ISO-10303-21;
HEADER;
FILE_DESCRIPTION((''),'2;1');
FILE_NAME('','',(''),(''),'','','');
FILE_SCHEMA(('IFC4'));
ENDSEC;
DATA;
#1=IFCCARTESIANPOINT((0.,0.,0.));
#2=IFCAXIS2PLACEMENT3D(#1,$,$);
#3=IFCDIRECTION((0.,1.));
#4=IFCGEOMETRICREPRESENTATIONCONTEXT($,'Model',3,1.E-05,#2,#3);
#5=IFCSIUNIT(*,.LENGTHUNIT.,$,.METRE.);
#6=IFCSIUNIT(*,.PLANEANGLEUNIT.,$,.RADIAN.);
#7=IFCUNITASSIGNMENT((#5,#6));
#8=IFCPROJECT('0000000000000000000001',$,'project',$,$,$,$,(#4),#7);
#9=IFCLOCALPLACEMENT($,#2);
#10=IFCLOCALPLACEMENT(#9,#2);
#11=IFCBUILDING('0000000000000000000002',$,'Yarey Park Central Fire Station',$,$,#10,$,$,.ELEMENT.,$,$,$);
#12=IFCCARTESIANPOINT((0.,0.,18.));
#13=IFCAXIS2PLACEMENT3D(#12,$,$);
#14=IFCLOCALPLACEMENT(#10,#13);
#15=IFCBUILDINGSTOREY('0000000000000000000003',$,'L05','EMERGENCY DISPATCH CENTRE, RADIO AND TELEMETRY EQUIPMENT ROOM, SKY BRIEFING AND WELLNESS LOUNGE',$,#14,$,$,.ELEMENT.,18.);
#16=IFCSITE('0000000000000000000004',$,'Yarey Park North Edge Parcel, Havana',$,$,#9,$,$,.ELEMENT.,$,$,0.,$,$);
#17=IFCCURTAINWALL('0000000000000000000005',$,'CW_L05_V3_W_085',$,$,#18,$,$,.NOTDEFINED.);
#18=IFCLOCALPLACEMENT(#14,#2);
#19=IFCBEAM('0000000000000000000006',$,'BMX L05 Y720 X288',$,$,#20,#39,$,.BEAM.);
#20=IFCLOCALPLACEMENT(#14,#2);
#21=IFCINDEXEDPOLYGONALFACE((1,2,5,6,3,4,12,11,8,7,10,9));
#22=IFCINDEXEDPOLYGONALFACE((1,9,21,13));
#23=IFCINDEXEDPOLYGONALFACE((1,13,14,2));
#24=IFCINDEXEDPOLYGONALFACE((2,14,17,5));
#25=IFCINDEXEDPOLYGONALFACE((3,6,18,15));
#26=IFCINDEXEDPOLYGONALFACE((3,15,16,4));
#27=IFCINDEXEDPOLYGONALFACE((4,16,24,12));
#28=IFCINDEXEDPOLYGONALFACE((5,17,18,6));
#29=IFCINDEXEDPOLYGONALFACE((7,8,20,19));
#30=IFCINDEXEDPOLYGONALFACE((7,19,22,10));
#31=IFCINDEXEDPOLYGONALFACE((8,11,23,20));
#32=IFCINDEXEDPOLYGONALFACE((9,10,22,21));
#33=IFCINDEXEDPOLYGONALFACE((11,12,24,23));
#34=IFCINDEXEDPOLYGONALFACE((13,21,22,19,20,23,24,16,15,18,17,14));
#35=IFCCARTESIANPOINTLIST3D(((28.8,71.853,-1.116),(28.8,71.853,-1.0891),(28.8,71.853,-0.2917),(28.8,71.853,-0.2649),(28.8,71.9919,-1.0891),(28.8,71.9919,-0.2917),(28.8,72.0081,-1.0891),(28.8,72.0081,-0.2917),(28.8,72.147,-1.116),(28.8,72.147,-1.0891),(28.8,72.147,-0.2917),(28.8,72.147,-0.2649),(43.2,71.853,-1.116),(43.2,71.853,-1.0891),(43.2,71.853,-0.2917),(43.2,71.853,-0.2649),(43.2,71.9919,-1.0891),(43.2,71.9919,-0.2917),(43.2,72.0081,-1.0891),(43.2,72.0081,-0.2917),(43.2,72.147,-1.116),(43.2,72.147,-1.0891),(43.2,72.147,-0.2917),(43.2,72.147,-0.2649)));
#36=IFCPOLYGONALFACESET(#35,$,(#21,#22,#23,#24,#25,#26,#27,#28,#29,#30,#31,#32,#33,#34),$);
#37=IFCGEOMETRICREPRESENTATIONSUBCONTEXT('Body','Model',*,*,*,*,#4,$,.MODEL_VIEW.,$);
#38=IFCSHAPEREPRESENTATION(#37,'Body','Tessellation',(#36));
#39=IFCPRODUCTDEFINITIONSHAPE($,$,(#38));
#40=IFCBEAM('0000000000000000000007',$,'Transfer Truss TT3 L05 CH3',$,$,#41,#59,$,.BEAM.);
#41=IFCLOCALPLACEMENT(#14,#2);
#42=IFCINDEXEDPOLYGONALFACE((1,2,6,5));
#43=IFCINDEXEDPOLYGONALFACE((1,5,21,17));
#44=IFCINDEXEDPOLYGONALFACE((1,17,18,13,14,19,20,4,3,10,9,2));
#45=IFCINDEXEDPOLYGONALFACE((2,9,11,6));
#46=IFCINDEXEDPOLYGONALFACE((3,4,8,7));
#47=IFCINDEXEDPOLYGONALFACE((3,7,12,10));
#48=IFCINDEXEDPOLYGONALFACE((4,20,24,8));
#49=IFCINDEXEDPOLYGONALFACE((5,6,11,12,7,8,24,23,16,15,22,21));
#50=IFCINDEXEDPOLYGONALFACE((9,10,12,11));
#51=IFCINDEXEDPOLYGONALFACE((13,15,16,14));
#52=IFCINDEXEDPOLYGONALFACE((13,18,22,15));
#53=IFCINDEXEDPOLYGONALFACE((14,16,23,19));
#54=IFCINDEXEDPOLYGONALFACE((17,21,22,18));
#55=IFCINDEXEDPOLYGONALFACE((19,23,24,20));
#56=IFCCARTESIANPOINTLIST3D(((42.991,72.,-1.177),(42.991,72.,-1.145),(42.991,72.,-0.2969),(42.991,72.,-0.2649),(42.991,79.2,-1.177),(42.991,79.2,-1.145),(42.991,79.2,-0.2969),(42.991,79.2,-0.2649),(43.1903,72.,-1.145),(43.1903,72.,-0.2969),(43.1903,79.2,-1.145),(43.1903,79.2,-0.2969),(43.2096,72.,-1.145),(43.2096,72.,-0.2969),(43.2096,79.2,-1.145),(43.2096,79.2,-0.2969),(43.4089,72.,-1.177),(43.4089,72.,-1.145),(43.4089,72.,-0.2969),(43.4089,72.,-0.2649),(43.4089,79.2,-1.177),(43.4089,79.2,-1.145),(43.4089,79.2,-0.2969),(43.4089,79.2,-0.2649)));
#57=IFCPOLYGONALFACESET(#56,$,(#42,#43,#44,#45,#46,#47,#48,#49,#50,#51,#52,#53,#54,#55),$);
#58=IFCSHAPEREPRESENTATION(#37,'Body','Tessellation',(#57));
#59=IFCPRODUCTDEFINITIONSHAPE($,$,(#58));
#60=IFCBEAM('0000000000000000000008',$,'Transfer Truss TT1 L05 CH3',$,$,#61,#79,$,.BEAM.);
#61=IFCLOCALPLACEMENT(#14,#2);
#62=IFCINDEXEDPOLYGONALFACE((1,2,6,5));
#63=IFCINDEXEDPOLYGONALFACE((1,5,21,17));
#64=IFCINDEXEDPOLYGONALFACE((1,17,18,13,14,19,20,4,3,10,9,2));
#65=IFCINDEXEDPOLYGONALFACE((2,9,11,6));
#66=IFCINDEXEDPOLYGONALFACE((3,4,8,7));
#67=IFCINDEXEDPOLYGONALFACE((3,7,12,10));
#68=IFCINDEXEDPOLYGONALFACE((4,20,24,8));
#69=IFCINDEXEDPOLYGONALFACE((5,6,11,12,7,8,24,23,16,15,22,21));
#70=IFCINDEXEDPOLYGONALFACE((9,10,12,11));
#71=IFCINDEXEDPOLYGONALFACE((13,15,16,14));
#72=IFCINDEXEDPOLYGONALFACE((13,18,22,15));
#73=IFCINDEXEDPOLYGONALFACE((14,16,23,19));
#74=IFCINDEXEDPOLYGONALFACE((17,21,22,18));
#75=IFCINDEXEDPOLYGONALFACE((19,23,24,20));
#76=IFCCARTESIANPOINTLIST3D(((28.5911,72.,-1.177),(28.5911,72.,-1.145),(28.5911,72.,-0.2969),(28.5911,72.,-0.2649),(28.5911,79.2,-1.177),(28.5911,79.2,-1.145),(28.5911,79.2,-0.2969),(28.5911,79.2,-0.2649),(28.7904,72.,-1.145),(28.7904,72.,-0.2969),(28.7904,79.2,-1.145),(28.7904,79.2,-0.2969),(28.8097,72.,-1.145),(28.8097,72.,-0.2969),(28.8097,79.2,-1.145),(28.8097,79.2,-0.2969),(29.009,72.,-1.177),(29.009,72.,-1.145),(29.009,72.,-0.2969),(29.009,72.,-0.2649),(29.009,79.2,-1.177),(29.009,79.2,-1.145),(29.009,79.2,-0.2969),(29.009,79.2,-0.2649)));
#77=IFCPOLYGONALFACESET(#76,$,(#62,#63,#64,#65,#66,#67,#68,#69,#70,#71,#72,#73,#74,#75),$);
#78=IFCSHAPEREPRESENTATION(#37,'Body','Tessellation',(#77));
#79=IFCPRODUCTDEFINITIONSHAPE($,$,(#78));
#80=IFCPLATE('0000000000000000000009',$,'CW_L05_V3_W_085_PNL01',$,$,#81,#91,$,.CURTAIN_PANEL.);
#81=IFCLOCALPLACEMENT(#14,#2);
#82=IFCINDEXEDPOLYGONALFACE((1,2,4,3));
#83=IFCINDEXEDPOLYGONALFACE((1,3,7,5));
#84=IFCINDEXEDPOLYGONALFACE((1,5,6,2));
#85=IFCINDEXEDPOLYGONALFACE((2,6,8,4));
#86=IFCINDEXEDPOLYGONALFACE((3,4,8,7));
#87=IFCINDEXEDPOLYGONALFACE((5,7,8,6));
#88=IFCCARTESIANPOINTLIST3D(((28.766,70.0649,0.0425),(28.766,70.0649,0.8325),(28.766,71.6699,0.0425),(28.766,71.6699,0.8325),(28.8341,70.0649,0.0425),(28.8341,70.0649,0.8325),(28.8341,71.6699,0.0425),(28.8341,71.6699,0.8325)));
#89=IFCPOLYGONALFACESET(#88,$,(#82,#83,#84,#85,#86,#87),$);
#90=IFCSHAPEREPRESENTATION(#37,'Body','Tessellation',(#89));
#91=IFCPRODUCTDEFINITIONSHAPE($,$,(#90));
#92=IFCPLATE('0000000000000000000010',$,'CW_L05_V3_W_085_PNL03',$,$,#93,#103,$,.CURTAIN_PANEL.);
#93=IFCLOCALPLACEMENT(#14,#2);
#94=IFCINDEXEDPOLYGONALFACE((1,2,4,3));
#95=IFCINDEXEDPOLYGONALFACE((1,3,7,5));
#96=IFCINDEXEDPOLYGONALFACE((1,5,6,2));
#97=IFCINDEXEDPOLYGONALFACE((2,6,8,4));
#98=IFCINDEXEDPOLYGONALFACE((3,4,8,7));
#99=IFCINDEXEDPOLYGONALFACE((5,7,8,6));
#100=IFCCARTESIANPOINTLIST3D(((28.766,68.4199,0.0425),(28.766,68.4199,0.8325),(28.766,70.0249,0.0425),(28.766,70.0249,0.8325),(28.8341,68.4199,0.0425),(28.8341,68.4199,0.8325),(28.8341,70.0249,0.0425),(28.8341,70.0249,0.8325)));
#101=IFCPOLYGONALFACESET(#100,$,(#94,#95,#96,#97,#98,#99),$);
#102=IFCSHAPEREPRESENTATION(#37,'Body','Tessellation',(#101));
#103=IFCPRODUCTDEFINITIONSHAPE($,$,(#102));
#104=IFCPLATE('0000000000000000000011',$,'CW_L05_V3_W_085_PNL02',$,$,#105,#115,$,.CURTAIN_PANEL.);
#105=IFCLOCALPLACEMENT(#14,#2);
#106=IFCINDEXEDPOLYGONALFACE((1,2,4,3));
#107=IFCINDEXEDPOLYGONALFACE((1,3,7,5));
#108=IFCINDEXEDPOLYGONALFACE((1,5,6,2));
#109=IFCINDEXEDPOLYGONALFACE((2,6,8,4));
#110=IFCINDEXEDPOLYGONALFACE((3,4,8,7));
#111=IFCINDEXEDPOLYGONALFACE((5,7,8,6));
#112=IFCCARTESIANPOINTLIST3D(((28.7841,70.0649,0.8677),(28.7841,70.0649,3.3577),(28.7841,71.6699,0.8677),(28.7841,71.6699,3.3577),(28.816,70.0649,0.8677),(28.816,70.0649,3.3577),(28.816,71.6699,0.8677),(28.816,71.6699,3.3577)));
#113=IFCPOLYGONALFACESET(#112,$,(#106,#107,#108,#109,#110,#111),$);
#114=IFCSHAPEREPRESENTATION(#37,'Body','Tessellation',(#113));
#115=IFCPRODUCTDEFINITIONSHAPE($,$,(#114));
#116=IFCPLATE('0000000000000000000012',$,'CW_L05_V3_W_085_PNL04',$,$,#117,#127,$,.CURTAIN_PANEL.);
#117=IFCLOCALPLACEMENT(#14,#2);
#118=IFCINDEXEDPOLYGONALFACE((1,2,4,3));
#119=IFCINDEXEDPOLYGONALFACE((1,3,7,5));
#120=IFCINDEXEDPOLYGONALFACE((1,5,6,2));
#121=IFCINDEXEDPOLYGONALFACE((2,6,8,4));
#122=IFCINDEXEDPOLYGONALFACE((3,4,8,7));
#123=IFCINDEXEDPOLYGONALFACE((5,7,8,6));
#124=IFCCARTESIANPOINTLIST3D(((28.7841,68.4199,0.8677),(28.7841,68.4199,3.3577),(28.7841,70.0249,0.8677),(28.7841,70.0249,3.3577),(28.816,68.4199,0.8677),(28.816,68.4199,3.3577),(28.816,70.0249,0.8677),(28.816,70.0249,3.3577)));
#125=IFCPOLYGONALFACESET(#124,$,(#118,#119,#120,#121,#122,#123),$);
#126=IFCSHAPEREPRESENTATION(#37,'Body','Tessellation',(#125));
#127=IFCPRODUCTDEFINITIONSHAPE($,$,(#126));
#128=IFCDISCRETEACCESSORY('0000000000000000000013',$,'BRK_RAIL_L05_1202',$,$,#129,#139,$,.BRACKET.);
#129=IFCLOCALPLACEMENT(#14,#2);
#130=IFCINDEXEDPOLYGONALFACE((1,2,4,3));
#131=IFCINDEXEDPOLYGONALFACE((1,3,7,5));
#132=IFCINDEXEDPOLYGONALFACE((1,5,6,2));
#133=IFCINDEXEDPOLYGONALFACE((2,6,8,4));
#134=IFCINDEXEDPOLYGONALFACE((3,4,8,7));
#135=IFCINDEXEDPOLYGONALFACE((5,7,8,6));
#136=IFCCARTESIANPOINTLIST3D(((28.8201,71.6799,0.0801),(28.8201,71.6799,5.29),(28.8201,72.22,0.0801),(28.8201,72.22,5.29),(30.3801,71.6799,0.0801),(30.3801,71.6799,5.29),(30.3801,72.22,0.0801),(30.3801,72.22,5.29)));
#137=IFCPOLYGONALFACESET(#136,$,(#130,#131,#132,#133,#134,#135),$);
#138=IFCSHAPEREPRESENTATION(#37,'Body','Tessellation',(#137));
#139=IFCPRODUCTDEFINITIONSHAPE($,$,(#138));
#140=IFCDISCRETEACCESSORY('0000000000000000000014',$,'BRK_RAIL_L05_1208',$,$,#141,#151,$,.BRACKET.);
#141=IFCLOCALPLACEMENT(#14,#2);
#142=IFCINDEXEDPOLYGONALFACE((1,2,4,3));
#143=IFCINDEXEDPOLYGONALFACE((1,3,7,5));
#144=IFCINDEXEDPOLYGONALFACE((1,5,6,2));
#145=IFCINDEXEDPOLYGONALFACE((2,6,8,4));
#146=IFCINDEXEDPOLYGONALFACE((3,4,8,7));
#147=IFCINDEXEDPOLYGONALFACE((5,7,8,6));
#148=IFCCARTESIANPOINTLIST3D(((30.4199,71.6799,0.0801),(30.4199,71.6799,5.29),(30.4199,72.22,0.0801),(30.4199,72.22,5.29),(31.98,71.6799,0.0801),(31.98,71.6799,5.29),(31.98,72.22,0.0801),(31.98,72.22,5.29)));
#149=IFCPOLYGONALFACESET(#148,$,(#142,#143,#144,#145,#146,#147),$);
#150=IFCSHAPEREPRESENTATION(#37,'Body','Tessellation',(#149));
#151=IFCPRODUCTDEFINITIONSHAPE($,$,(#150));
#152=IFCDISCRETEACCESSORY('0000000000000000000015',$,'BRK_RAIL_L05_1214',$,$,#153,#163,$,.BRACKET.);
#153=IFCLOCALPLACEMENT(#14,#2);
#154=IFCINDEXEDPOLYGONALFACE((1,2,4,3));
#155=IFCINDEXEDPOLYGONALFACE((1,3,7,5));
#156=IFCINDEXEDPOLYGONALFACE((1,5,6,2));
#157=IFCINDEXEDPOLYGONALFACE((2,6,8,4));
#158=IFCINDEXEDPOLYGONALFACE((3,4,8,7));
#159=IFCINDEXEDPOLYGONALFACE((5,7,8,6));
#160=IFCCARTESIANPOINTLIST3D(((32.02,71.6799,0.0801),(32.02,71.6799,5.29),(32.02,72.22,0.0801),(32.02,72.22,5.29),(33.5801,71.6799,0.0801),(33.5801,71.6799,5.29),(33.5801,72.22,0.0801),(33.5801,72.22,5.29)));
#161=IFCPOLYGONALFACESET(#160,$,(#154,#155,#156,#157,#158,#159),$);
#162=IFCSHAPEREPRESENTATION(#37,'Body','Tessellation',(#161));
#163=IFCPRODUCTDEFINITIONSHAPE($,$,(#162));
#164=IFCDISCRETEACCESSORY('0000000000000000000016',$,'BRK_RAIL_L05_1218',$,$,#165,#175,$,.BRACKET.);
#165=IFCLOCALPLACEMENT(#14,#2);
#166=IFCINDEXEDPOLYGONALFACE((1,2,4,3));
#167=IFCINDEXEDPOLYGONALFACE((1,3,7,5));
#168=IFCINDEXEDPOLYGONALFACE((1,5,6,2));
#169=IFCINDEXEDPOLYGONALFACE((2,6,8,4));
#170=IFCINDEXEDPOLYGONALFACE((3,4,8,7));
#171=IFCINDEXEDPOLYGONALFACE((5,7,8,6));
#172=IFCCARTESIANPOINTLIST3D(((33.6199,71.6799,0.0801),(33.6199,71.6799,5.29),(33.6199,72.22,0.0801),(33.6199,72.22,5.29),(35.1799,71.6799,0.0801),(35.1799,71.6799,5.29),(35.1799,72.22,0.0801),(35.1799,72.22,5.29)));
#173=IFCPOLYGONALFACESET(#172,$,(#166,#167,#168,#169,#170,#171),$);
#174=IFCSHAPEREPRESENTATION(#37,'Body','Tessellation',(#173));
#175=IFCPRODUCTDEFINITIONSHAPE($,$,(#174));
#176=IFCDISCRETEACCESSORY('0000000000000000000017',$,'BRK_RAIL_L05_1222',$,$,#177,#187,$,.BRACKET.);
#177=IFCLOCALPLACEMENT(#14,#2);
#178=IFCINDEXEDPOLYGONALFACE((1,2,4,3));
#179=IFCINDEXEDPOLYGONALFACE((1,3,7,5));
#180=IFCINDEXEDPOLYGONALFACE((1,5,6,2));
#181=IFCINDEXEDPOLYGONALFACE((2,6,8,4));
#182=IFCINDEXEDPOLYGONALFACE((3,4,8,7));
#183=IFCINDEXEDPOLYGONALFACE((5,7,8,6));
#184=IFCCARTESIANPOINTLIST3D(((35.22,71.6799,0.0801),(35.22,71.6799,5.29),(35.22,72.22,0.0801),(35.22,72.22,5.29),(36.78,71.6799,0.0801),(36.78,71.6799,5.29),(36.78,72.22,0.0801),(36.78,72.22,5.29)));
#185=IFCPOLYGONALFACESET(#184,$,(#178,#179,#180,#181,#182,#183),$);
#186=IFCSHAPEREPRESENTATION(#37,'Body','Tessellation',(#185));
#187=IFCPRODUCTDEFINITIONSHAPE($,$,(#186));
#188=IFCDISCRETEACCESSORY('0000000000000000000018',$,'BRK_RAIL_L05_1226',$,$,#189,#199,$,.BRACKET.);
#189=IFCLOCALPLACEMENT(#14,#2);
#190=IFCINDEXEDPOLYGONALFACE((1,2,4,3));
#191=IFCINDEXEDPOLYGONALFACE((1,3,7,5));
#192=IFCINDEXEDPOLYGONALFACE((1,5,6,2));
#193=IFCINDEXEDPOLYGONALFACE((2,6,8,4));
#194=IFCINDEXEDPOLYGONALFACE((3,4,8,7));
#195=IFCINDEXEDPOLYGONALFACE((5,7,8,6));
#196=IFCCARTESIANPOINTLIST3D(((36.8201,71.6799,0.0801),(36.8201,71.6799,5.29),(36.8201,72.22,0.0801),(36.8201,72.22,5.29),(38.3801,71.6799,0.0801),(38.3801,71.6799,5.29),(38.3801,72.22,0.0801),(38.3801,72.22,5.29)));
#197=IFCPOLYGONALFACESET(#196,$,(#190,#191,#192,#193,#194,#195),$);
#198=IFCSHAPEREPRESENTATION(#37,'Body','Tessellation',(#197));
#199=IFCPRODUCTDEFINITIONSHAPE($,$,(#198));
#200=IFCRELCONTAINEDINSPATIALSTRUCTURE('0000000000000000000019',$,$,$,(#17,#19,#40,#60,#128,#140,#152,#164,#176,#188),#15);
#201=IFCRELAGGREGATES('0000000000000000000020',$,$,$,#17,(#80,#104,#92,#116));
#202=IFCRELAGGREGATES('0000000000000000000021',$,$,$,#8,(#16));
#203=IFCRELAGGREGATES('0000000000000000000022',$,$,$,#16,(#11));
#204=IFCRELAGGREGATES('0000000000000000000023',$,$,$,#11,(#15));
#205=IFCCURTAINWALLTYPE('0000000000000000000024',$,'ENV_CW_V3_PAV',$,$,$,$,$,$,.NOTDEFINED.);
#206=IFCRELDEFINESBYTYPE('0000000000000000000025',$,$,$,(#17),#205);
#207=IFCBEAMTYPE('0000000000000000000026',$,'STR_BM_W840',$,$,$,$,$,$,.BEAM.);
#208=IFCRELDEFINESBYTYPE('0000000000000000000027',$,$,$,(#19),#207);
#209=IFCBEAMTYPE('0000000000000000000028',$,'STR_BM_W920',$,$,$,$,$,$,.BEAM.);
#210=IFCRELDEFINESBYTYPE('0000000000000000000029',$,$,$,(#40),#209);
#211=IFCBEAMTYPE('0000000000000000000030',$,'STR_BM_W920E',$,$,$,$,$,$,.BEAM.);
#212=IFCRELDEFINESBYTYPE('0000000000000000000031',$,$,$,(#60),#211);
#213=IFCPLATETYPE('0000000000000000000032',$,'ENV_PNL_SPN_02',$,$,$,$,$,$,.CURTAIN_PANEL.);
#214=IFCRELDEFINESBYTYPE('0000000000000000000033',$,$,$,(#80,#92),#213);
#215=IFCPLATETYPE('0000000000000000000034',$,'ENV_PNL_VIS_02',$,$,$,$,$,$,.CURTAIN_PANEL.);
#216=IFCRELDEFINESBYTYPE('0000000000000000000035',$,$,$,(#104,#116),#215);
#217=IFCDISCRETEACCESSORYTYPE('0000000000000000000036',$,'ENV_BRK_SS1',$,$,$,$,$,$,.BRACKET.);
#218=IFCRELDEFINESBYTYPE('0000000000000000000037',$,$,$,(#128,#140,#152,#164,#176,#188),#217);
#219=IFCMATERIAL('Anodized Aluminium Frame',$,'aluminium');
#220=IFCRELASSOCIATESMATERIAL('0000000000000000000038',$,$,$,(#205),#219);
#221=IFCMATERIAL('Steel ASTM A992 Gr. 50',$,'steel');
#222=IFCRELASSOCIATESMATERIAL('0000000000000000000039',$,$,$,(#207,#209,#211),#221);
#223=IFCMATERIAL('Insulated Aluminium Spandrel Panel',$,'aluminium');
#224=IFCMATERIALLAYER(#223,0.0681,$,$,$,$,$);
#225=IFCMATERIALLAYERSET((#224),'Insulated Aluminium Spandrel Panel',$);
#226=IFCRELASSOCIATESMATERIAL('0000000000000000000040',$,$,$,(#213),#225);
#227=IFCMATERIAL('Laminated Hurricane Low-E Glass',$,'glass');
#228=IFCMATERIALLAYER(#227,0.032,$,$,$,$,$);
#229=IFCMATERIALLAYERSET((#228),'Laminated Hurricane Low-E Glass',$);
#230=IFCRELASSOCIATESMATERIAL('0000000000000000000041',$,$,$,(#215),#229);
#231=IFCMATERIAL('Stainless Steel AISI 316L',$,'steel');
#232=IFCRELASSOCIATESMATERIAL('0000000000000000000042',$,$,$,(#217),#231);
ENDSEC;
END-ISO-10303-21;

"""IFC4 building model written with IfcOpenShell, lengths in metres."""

from ifc_helpers import new_model, si_unit, direction, frame, origin, origin_2d, place, context, subcontext, project, spatial, rectangle, i_section, extrude, material, layer, layer_set, material_profile, profile_set, type_object, element, aggregate, save


model = new_model("IFC4")

# Units and contexts
model_context = context("Model", 3, precision=1e-05, world=origin(), true_north=direction((0.0, 1.0)))
body_context = subcontext(model_context, "Body", "Model", "MODEL_VIEW")
ifc_project = project(units=[si_unit("LENGTHUNIT", "METRE"), si_unit("PLANEANGLEUNIT", "RADIAN")], contexts=[model_context])

# Site, building, storey
site_placement = place(None, origin())
site = spatial("IfcSite", under=ifc_project, at=site_placement, Name="Yarey Park North Edge Parcel, Havana", CompositionType="ELEMENT", RefElevation=0.0)
building_placement = place(site_placement, origin())
building = spatial("IfcBuilding", under=site, at=building_placement, Name="Yarey Park Central Fire Station", CompositionType="ELEMENT")
storey_placement = place(building_placement, frame((0.0, 0.0, 18.0)))
storey = spatial("IfcBuildingStorey", under=building, at=storey_placement, Name="L05", Description="EMERGENCY DISPATCH CENTRE, RADIO AND TELEMETRY EQUIPMENT ROOM, SKY BRIEFING AND WELLNESS LOUNGE", CompositionType="ELEMENT", Elevation=18.0)

# Shared definitions
ifc_material_1 = material(Name="Steel ASTM A992 Gr. 50", Category="steel")

# Curtain wall
ifc_material_2 = material(Name="Anodized Aluminium Frame", Category="aluminium")
curtain_wall_type = type_object("IfcCurtainWallType", Name="ENV_CW_V3_PAV", PredefinedType="NOTDEFINED", material=ifc_material_2)
curtain_wall_placement = place(storey_placement, origin())
curtain_wall = element("IfcCurtainWall", 1, at=curtain_wall_placement, inside=storey, type_object=curtain_wall_type, Name="CW_L05_V3_W_085", PredefinedType="NOTDEFINED")

# Beams
ifc_material_profile_1 = material_profile(ifc_material_1, i_section(OverallWidth=0.2939, OverallDepth=0.8511, WebThickness=0.0161, FlangeThickness=0.0269, at=origin_2d()), Name="W840x226")
ifc_profile_set_1 = profile_set([ifc_material_profile_1], Name="Steel ASTM A992 Gr. 50")
beam_type_1 = type_object("IfcBeamType", Name="STR_BM_W840", PredefinedType="BEAM", material=ifc_profile_set_1)
beam_1_placement = place(storey_placement, frame((28.8, 72.0, -0.6904), z_axis=(1.0, 0.0, 0.0), x_axis=(0.0, 1.0, 0.0)))
element("IfcBeam", 2, at=beam_1_placement, inside=storey, type_object=beam_type_1, Name="BMX L05 Y720 X288", PredefinedType="BEAM", context=body_context, shape_type="SweptSolid", body=[
    extrude(i_section(OverallWidth=0.2939, OverallDepth=0.8511, WebThickness=0.0161, FlangeThickness=0.0269, at=origin_2d()), origin(), (0.0, 0.0, 1.0), 14.3999),
])
ifc_material_profile_2 = material_profile(ifc_material_1, i_section(OverallWidth=0.418, OverallDepth=0.9121, WebThickness=0.0193, FlangeThickness=0.032, at=origin_2d()), Name="W920x342")
ifc_profile_set_2 = profile_set([ifc_material_profile_2], Name="Steel ASTM A992 Gr. 50")
beam_type_2 = type_object("IfcBeamType", Name="STR_BM_W920", PredefinedType="BEAM", material=ifc_profile_set_2)
beam_2_placement = place(storey_placement, frame((43.2, 72.0, -0.7209), z_axis=(0.0, 1.0, 0.0), x_axis=(-1.0, 0.0, 0.0)))
element("IfcBeam", 3, at=beam_2_placement, inside=storey, type_object=beam_type_2, Name="Transfer Truss TT3 L05 CH3", PredefinedType="BEAM", context=body_context, shape_type="SweptSolid", body=[
    extrude(i_section(OverallWidth=0.418, OverallDepth=0.9121, WebThickness=0.0193, FlangeThickness=0.032, at=origin_2d()), origin(), (0.0, 0.0, 1.0), 7.2),
])
ifc_material_profile_3 = material_profile(ifc_material_1, i_section(OverallWidth=0.418, OverallDepth=0.9121, WebThickness=0.0193, FlangeThickness=0.032, at=origin_2d()), Name="W920x342")
ifc_profile_set_3 = profile_set([ifc_material_profile_3], Name="Steel ASTM A992 Gr. 50")
beam_type_3 = type_object("IfcBeamType", Name="STR_BM_W920E", PredefinedType="BEAM", material=ifc_profile_set_3)
beam_3_placement = place(storey_placement, frame((28.8, 72.0, -0.7209), z_axis=(0.0, 1.0, 0.0), x_axis=(-1.0, 0.0, 0.0)))
element("IfcBeam", 4, at=beam_3_placement, inside=storey, type_object=beam_type_3, Name="Transfer Truss TT1 L05 CH3", PredefinedType="BEAM", context=body_context, shape_type="SweptSolid", body=[
    extrude(i_section(OverallWidth=0.418, OverallDepth=0.9121, WebThickness=0.0193, FlangeThickness=0.032, at=origin_2d()), origin(), (0.0, 0.0, 1.0), 7.2),
])

# Plates
ifc_material_3 = material(Name="Insulated Aluminium Spandrel Panel", Category="aluminium")
ifc_layer_1 = layer(ifc_material_3, 0.0681)
ifc_layer_set_1 = layer_set([ifc_layer_1], Name="Insulated Aluminium Spandrel Panel")
plate_type_1 = type_object("IfcPlateType", Name="ENV_PNL_SPN_02", PredefinedType="CURTAIN_PANEL", material=ifc_layer_set_1)
plate_1_placement = place(storey_placement, frame((28.8, 70.8674, 0.0425), z_axis=(0.0, 0.0, 1.0), x_axis=(0.0, -1.0, 0.0)))
plate_1 = element("IfcPlate", 5, at=plate_1_placement, type_object=plate_type_1, Name="CW_L05_V3_W_085_PNL01", PredefinedType="CURTAIN_PANEL", context=body_context, shape_type="SweptSolid", body=[
    extrude(rectangle(XDim=1.605, YDim=0.0681, at=origin_2d()), origin(), (0.0, 0.0, 1.0), 0.79),
])
plate_2_placement = place(storey_placement, frame((28.8, 69.2224, 0.0425), z_axis=(0.0, 0.0, 1.0), x_axis=(0.0, -1.0, 0.0)))
plate_2 = element("IfcPlate", 6, at=plate_2_placement, type_object=plate_type_1, Name="CW_L05_V3_W_085_PNL03", PredefinedType="CURTAIN_PANEL", context=body_context, shape_type="SweptSolid", body=[
    extrude(rectangle(XDim=1.605, YDim=0.0681, at=origin_2d()), origin(), (0.0, 0.0, 1.0), 0.79),
])
ifc_material_4 = material(Name="Laminated Hurricane Low-E Glass", Category="glass")
ifc_layer_2 = layer(ifc_material_4, 0.032)
ifc_layer_set_2 = layer_set([ifc_layer_2], Name="Laminated Hurricane Low-E Glass")
plate_type_2 = type_object("IfcPlateType", Name="ENV_PNL_VIS_02", PredefinedType="CURTAIN_PANEL", material=ifc_layer_set_2)
plate_3_placement = place(storey_placement, frame((28.8, 70.8674, 0.8677), z_axis=(0.0, 0.0, 1.0), x_axis=(0.0, -1.0, 0.0)))
plate_3 = element("IfcPlate", 7, at=plate_3_placement, type_object=plate_type_2, Name="CW_L05_V3_W_085_PNL02", PredefinedType="CURTAIN_PANEL", context=body_context, shape_type="SweptSolid", body=[
    extrude(rectangle(XDim=1.605, YDim=0.032, at=origin_2d()), origin(), (0.0, 0.0, 1.0), 2.49),
])
plate_4_placement = place(storey_placement, frame((28.8, 69.2224, 0.8677), z_axis=(0.0, 0.0, 1.0), x_axis=(0.0, -1.0, 0.0)))
plate_4 = element("IfcPlate", 8, at=plate_4_placement, type_object=plate_type_2, Name="CW_L05_V3_W_085_PNL04", PredefinedType="CURTAIN_PANEL", context=body_context, shape_type="SweptSolid", body=[
    extrude(rectangle(XDim=1.605, YDim=0.032, at=origin_2d()), origin(), (0.0, 0.0, 1.0), 2.49),
])
aggregate(curtain_wall, [plate_1, plate_3, plate_2, plate_4])

# Shared definitions
ifc_material_5 = material(Name="Stainless Steel AISI 316L", Category="steel")

# Discrete accessories
discrete_accessory_type = type_object("IfcDiscreteAccessoryType", Name="ENV_BRK_SS1", PredefinedType="BRACKET", material=ifc_material_5)
for number, where, z_axis, x_axis, name in (
    (9, (29.6001, 71.95, 0.0801), (0.0, 0.0, 1.0), (1.0, 0.0, 0.0), "BRK_RAIL_L05_1202"),
    (10, (31.2, 71.95, 0.0801), (0.0, 0.0, 1.0), (1.0, 0.0, 0.0), "BRK_RAIL_L05_1208"),
    (11, (32.8, 71.95, 0.0801), (0.0, 0.0, 1.0), (1.0, 0.0, 0.0), "BRK_RAIL_L05_1214"),
    (12, (34.3999, 71.95, 0.0801), (0.0, 0.0, 1.0), (1.0, 0.0, 0.0), "BRK_RAIL_L05_1218"),
    (13, (36.0, 71.95, 0.0801), (0.0, 0.0, 1.0), (1.0, 0.0, 0.0), "BRK_RAIL_L05_1222"),
    (14, (37.6001, 71.95, 0.0801), (0.0, 0.0, 1.0), (1.0, 0.0, 0.0), "BRK_RAIL_L05_1226"),
):
    element("IfcDiscreteAccessory", number, at=place(storey_placement, frame(where, z_axis=z_axis, x_axis=x_axis)), inside=storey, type_object=discrete_accessory_type, Name=name, PredefinedType="BRACKET", context=body_context, shape_type="SweptSolid", body=[
        extrude(rectangle(XDim=1.5601, YDim=0.54, at=origin_2d()), origin(), (0.0, 0.0, 1.0), 5.21),
    ])

save(model, "model.ifc")
